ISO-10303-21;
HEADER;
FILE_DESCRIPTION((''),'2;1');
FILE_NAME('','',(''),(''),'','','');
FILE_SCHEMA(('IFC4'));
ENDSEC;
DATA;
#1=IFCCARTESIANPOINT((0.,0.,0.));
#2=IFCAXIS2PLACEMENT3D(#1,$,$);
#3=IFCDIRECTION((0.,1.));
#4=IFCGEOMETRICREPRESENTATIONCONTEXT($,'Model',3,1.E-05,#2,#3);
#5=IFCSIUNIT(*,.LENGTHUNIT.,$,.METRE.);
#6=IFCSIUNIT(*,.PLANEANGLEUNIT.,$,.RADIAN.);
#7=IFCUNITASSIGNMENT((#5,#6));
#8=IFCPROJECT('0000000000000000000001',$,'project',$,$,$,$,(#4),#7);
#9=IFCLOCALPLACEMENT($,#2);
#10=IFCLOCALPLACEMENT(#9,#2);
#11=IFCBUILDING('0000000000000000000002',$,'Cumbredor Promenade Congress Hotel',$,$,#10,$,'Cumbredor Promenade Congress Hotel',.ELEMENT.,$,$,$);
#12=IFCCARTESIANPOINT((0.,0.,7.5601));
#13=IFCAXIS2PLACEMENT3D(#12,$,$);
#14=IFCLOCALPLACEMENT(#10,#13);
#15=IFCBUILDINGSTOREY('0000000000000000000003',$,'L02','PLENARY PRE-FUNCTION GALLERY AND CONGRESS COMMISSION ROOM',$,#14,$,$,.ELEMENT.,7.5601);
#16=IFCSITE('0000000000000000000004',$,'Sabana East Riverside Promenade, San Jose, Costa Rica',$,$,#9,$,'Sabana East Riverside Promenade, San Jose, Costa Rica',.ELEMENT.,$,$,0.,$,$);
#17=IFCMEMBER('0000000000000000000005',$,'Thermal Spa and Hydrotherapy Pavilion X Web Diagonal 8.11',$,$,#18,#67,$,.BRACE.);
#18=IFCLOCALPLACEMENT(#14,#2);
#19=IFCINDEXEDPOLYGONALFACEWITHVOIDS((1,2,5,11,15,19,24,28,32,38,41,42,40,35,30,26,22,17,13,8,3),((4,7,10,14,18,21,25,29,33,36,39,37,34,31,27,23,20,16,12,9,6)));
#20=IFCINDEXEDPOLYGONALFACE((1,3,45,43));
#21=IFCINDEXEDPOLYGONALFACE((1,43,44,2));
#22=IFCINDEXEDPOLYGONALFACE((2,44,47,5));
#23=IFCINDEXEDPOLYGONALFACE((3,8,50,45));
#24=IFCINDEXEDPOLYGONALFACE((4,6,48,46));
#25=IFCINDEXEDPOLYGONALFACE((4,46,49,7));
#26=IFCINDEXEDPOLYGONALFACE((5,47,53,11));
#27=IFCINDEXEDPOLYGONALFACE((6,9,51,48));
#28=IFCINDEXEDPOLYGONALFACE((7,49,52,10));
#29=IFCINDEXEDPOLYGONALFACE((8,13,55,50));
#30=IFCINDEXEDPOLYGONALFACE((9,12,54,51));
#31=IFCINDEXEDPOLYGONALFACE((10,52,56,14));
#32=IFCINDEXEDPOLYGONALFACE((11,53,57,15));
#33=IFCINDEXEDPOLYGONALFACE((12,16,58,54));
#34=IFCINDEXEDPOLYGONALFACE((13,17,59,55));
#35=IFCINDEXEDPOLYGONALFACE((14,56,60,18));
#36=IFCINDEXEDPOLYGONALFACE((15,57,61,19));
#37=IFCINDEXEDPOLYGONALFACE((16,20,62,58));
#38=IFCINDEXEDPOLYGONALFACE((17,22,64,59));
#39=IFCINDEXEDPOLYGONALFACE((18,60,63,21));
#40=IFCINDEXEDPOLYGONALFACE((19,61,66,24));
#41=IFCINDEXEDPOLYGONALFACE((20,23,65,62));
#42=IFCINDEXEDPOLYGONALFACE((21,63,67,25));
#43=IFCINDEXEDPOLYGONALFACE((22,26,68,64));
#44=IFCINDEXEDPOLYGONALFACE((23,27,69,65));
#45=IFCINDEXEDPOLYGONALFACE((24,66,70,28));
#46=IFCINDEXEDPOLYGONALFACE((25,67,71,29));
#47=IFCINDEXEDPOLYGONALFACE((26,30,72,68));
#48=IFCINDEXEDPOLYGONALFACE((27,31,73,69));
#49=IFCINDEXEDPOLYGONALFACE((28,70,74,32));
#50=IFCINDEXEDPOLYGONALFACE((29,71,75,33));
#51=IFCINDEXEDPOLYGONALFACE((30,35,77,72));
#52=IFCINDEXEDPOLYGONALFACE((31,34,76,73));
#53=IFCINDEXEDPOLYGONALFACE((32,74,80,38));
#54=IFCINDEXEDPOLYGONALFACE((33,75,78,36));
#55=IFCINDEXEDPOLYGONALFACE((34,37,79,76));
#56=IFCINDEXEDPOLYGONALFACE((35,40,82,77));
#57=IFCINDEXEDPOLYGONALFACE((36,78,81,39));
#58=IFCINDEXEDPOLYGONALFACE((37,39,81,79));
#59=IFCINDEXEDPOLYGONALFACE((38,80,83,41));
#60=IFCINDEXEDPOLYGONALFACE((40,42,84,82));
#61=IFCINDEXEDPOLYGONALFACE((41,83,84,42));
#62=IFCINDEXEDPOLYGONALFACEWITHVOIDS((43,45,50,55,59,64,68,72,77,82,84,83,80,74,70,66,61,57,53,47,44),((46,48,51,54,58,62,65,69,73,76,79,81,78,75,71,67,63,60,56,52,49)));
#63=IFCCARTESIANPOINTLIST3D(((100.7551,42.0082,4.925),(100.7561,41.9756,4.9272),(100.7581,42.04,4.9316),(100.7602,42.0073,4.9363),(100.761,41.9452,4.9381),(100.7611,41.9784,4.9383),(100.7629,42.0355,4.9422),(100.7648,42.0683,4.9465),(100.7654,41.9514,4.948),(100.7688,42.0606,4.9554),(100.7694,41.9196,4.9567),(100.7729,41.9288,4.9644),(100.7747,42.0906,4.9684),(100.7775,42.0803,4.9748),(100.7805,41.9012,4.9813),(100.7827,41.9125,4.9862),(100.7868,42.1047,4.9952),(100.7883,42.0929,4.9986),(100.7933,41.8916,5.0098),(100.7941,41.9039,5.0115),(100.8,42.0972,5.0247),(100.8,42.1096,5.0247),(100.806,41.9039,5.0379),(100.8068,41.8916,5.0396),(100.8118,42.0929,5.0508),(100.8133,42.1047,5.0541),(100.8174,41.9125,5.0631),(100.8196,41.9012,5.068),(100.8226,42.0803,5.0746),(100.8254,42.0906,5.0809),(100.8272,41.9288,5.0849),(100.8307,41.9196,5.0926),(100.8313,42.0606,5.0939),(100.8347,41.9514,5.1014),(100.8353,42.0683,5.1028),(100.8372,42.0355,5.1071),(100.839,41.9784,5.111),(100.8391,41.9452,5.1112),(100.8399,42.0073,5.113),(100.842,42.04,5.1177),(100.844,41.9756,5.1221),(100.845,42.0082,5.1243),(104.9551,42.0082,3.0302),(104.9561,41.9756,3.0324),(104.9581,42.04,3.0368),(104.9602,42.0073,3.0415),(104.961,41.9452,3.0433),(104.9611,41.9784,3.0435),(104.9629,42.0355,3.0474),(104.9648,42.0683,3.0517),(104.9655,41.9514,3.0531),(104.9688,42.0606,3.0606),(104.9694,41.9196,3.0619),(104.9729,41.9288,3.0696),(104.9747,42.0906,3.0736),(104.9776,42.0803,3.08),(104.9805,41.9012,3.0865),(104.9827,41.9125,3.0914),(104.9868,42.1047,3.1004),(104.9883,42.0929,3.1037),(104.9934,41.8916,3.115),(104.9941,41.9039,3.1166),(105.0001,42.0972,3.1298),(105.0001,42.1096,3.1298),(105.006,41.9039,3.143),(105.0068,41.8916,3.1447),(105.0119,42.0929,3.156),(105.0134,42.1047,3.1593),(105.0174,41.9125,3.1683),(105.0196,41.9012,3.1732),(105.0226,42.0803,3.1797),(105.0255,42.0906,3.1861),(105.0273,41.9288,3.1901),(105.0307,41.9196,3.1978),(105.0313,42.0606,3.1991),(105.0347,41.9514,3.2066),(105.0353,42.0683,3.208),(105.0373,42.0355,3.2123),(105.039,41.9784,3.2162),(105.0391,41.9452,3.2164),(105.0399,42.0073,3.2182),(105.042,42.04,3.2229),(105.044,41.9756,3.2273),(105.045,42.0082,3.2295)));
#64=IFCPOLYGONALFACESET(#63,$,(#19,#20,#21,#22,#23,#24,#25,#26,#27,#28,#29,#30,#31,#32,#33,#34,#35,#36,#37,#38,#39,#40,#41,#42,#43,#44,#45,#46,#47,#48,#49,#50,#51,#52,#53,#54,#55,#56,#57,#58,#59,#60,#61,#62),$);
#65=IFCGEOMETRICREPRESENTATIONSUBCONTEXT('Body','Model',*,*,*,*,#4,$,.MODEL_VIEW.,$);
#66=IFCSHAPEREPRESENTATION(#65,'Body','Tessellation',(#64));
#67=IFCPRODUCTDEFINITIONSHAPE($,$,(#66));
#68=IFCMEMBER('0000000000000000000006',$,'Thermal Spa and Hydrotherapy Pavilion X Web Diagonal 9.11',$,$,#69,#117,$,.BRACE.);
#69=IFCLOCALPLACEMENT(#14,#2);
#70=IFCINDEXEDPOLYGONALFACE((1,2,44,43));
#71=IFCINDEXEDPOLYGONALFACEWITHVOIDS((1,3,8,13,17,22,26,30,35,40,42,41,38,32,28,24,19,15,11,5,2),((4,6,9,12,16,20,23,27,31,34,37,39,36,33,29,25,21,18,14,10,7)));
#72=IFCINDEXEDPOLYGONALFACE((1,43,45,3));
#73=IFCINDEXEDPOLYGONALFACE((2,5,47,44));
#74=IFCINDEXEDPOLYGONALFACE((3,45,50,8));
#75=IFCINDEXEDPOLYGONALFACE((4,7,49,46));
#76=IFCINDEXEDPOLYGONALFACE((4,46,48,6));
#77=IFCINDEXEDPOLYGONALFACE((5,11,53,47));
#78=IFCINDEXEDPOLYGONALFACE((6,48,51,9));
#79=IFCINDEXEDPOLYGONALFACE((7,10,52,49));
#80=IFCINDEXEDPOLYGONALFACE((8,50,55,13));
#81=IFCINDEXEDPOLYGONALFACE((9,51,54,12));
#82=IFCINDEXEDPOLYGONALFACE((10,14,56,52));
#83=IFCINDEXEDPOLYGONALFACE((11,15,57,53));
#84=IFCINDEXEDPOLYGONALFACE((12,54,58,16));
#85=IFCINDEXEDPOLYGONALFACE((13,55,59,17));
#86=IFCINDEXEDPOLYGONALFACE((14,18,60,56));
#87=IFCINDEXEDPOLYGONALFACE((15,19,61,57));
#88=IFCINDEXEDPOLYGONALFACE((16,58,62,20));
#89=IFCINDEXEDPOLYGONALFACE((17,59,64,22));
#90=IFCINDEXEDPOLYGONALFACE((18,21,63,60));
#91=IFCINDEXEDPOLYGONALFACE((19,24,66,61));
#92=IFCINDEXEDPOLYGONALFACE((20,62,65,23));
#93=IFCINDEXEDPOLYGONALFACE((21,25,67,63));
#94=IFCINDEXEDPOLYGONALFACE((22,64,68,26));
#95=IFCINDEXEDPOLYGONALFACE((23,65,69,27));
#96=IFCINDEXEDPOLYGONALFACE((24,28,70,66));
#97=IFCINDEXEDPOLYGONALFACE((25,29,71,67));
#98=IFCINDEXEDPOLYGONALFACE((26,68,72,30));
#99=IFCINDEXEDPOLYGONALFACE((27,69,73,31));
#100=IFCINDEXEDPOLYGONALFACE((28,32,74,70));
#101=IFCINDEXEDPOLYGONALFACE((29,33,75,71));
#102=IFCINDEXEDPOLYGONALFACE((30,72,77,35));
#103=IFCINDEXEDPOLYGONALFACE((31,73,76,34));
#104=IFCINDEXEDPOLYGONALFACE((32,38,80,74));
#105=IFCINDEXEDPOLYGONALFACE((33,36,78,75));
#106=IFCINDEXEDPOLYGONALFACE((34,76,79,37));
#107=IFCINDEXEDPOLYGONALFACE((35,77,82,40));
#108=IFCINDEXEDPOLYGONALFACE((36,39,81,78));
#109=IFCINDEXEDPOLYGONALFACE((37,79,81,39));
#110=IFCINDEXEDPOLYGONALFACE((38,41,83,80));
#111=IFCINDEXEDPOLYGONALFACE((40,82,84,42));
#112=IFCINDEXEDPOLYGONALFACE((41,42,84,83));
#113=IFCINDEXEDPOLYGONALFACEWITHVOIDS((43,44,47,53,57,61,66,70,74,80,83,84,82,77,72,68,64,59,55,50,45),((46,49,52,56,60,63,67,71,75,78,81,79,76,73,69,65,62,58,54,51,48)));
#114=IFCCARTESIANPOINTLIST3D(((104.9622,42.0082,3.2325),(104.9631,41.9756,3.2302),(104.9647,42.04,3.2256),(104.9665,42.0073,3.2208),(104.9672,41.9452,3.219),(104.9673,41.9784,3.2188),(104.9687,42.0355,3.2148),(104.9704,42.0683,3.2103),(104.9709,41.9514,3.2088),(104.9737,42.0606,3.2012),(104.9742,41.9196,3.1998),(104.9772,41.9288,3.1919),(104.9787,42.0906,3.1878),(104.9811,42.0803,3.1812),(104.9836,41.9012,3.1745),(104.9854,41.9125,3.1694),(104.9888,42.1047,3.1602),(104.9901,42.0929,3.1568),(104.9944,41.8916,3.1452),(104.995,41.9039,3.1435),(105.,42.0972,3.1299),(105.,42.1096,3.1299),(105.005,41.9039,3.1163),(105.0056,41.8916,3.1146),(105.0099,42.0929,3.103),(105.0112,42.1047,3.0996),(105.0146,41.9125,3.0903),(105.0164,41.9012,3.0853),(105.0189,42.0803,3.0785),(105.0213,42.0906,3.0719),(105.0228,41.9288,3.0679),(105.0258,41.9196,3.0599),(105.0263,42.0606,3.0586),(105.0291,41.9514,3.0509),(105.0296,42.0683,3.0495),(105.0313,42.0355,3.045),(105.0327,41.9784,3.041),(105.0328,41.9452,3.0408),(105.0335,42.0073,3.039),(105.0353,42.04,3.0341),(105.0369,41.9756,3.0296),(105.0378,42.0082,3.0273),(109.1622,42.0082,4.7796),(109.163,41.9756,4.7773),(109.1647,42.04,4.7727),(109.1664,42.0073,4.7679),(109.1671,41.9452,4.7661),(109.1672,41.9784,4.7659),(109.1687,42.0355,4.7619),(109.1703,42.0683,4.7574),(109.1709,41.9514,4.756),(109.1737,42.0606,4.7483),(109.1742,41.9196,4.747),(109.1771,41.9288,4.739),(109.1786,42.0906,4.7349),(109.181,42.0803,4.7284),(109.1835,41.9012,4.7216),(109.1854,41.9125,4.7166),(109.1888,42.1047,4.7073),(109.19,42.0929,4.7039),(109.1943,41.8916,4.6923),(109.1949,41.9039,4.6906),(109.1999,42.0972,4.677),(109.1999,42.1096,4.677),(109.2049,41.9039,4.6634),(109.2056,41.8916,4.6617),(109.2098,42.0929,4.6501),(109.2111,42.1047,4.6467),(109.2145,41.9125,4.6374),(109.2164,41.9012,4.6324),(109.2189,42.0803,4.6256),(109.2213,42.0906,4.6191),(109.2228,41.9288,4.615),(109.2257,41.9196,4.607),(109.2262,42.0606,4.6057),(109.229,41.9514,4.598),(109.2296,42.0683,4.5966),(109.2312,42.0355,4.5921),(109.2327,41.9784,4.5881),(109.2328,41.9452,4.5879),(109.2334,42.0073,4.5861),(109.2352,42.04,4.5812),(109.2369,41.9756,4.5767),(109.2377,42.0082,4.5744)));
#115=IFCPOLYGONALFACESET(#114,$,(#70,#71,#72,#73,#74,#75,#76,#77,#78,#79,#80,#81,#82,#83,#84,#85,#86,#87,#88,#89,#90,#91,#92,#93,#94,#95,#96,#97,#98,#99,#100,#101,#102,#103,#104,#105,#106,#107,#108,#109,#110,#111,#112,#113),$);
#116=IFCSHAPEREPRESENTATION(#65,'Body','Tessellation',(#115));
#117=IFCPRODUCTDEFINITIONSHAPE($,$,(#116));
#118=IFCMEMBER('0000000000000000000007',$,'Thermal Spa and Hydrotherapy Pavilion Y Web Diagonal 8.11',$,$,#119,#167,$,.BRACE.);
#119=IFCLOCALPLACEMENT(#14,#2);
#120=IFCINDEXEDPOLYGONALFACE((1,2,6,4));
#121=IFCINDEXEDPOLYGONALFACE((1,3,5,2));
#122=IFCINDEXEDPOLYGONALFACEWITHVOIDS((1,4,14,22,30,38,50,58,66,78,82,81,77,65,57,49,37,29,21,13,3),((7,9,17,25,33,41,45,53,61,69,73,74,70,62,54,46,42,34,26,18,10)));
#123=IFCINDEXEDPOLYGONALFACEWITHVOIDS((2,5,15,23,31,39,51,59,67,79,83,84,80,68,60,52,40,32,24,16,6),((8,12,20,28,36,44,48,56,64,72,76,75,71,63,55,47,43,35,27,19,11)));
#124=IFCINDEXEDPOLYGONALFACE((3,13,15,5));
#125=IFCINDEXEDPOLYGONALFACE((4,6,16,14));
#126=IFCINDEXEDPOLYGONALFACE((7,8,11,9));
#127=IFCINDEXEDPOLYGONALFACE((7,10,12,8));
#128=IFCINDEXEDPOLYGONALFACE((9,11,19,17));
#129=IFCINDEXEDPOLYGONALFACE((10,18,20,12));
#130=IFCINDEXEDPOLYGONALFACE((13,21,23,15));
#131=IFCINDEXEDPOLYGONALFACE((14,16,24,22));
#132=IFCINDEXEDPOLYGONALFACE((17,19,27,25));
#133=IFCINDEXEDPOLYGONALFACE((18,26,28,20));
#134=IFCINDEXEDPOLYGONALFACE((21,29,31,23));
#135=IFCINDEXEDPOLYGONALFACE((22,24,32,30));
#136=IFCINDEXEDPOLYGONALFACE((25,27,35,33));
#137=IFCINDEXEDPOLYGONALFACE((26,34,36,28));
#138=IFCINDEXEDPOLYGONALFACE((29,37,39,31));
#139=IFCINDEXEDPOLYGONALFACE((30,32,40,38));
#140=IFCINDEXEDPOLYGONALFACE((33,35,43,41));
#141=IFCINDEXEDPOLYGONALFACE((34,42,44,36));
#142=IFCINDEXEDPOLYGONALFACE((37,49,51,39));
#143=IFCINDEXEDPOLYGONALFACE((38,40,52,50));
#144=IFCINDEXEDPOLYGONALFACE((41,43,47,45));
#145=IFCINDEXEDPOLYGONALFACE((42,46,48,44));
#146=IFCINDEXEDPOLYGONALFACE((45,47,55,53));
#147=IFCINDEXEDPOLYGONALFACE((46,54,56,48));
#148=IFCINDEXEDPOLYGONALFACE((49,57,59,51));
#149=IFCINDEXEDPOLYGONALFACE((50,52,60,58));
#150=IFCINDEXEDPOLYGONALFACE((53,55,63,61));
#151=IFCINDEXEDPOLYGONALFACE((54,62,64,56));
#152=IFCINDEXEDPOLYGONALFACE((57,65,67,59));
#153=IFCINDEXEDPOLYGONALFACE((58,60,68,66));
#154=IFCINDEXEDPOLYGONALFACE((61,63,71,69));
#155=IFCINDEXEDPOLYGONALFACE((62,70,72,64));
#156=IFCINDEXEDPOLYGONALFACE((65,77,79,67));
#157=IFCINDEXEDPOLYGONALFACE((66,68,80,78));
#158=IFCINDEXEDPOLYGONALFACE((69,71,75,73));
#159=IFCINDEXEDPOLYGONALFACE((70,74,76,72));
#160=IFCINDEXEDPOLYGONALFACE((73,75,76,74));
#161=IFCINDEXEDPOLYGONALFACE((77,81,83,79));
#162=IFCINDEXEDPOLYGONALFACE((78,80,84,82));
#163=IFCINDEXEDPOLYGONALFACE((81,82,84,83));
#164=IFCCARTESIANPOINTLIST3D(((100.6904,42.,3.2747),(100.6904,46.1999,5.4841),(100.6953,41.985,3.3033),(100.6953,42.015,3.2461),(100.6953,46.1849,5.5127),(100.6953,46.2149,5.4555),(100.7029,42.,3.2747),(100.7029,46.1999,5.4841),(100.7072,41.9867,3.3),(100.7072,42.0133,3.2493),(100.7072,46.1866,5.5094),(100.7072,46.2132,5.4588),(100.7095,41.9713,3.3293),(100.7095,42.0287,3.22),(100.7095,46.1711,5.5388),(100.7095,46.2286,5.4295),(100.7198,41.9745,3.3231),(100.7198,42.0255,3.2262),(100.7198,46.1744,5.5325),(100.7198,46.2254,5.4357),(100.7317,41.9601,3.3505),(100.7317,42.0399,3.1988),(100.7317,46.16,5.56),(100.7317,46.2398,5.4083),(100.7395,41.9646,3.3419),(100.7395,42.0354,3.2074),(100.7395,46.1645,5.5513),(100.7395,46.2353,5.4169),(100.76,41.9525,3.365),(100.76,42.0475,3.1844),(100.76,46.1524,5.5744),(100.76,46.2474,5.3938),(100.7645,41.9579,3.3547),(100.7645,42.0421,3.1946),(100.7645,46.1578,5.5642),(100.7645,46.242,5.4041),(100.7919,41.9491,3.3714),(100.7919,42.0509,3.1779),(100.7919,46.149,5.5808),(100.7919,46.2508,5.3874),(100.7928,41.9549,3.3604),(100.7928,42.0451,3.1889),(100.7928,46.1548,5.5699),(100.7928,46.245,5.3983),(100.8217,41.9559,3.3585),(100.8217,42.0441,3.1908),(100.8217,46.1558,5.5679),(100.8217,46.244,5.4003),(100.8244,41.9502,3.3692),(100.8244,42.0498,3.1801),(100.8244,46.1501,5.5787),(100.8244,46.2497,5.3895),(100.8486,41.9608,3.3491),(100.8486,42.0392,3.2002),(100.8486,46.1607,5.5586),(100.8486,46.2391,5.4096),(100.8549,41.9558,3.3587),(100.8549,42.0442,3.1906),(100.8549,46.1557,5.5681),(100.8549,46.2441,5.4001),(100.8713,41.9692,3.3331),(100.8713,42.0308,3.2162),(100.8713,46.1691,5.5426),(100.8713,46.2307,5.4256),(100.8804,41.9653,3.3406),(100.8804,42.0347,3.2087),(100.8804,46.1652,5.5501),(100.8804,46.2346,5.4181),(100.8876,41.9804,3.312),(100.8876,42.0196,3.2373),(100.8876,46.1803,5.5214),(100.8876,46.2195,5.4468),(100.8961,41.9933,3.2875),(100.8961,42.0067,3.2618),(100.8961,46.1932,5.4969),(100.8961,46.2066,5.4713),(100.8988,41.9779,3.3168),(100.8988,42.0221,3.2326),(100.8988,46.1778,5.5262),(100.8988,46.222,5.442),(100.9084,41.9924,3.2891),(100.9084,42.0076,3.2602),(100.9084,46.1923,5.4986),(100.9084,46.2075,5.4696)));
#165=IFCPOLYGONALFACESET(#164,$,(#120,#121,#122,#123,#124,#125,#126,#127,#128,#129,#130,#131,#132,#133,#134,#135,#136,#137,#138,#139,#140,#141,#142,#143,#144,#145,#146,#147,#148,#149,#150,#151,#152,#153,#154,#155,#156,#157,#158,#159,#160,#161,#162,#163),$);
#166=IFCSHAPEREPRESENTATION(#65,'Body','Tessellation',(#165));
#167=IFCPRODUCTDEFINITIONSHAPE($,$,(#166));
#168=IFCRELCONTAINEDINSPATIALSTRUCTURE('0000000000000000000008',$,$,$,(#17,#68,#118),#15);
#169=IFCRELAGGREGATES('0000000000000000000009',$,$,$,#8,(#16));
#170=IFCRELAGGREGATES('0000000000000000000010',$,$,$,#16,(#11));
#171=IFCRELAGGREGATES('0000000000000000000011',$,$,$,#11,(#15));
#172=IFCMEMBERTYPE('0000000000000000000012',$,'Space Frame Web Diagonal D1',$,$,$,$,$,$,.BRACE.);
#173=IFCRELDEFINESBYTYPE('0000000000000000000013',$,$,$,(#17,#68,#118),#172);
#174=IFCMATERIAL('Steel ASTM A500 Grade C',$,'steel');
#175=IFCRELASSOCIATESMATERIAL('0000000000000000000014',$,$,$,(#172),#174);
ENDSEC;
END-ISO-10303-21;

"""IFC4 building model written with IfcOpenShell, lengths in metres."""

from ifc_helpers import new_model, si_unit, direction, frame, origin, origin_2d, place, context, subcontext, project, spatial, hollow_circle, extrude, material, material_profile, profile_set, type_object, element, save


model = new_model("IFC4")

# Units and contexts
model_context = context("Model", 3, precision=1e-05, world=origin(), true_north=direction((0.0, 1.0)))
body_context = subcontext(model_context, "Body", "Model", "MODEL_VIEW")
ifc_project = project(units=[si_unit("LENGTHUNIT", "METRE"), si_unit("PLANEANGLEUNIT", "RADIAN")], contexts=[model_context])

# Site, building, storey
site_placement = place(None, origin())
site = spatial("IfcSite", under=ifc_project, at=site_placement, Name="Sabana East Riverside Promenade, San Jose, Costa Rica", LongName="Sabana East Riverside Promenade, San Jose, Costa Rica", CompositionType="ELEMENT", RefElevation=0.0)
building_placement = place(site_placement, origin())
building = spatial("IfcBuilding", under=site, at=building_placement, Name="Cumbredor Promenade Congress Hotel", LongName="Cumbredor Promenade Congress Hotel", CompositionType="ELEMENT")
storey_placement = place(building_placement, frame((0.0, 0.0, 7.5601)))
storey = spatial("IfcBuildingStorey", under=building, at=storey_placement, Name="L02", Description="PLENARY PRE-FUNCTION GALLERY AND CONGRESS COMMISSION ROOM", CompositionType="ELEMENT", Elevation=7.5601)

# Members
ifc_material_1 = material(Name="Steel ASTM A500 Grade C", Category="steel")
ifc_material_profile_1 = material_profile(ifc_material_1, hollow_circle(Radius=0.1096, WallThickness=0.0125, at=origin_2d()), Name="CHS 219.1x12.5")
ifc_profile_set_1 = profile_set([ifc_material_profile_1], Name="Steel ASTM A500 Grade C")
member_type_1 = type_object("IfcMemberType", Name="Space Frame Web Diagonal D1", PredefinedType="BRACE", material=ifc_profile_set_1)
member_1_placement = place(storey_placement, frame((100.8, 42.0, 5.0247), z_axis=(0.911531, 0.0, -0.41123), x_axis=(0.0, 1.0, 0.0)))
element("IfcMember", 1, at=member_1_placement, inside=storey, type_object=member_type_1, Name="Thermal Spa and Hydrotherapy Pavilion X Web Diagonal 8.11", PredefinedType="BRACE", context=body_context, shape_type="SweptSolid", body=[
    extrude(hollow_circle(Radius=0.1096, WallThickness=0.0125, at=origin_2d()), origin(), (0.0, 0.0, 1.0), 4.6077),
])
member_2_placement = place(storey_placement, frame((105.0, 42.0, 3.1299), z_axis=(0.93836, 0.0, 0.34566), x_axis=(0.0, 1.0, 0.0)))
element("IfcMember", 2, at=member_2_placement, inside=storey, type_object=member_type_1, Name="Thermal Spa and Hydrotherapy Pavilion X Web Diagonal 9.11", PredefinedType="BRACE", context=body_context, shape_type="SweptSolid", body=[
    extrude(hollow_circle(Radius=0.1096, WallThickness=0.0125, at=origin_2d()), origin(), (0.0, 0.0, 1.0), 4.4758),
])
member_3_placement = place(storey_placement, frame((100.8, 42.0, 3.2747), z_axis=(0.0, 0.885007, 0.465577), x_axis=(-1.0, 0.0, 0.0)))
element("IfcMember", 3, at=member_3_placement, inside=storey, type_object=member_type_1, Name="Thermal Spa and Hydrotherapy Pavilion Y Web Diagonal 8.11", PredefinedType="BRACE", context=body_context, shape_type="SweptSolid", body=[
    extrude(hollow_circle(Radius=0.1096, WallThickness=0.0125, at=origin_2d()), origin(), (0.0, 0.0, 1.0), 4.7456),
])

save(model, "model.ifc")
